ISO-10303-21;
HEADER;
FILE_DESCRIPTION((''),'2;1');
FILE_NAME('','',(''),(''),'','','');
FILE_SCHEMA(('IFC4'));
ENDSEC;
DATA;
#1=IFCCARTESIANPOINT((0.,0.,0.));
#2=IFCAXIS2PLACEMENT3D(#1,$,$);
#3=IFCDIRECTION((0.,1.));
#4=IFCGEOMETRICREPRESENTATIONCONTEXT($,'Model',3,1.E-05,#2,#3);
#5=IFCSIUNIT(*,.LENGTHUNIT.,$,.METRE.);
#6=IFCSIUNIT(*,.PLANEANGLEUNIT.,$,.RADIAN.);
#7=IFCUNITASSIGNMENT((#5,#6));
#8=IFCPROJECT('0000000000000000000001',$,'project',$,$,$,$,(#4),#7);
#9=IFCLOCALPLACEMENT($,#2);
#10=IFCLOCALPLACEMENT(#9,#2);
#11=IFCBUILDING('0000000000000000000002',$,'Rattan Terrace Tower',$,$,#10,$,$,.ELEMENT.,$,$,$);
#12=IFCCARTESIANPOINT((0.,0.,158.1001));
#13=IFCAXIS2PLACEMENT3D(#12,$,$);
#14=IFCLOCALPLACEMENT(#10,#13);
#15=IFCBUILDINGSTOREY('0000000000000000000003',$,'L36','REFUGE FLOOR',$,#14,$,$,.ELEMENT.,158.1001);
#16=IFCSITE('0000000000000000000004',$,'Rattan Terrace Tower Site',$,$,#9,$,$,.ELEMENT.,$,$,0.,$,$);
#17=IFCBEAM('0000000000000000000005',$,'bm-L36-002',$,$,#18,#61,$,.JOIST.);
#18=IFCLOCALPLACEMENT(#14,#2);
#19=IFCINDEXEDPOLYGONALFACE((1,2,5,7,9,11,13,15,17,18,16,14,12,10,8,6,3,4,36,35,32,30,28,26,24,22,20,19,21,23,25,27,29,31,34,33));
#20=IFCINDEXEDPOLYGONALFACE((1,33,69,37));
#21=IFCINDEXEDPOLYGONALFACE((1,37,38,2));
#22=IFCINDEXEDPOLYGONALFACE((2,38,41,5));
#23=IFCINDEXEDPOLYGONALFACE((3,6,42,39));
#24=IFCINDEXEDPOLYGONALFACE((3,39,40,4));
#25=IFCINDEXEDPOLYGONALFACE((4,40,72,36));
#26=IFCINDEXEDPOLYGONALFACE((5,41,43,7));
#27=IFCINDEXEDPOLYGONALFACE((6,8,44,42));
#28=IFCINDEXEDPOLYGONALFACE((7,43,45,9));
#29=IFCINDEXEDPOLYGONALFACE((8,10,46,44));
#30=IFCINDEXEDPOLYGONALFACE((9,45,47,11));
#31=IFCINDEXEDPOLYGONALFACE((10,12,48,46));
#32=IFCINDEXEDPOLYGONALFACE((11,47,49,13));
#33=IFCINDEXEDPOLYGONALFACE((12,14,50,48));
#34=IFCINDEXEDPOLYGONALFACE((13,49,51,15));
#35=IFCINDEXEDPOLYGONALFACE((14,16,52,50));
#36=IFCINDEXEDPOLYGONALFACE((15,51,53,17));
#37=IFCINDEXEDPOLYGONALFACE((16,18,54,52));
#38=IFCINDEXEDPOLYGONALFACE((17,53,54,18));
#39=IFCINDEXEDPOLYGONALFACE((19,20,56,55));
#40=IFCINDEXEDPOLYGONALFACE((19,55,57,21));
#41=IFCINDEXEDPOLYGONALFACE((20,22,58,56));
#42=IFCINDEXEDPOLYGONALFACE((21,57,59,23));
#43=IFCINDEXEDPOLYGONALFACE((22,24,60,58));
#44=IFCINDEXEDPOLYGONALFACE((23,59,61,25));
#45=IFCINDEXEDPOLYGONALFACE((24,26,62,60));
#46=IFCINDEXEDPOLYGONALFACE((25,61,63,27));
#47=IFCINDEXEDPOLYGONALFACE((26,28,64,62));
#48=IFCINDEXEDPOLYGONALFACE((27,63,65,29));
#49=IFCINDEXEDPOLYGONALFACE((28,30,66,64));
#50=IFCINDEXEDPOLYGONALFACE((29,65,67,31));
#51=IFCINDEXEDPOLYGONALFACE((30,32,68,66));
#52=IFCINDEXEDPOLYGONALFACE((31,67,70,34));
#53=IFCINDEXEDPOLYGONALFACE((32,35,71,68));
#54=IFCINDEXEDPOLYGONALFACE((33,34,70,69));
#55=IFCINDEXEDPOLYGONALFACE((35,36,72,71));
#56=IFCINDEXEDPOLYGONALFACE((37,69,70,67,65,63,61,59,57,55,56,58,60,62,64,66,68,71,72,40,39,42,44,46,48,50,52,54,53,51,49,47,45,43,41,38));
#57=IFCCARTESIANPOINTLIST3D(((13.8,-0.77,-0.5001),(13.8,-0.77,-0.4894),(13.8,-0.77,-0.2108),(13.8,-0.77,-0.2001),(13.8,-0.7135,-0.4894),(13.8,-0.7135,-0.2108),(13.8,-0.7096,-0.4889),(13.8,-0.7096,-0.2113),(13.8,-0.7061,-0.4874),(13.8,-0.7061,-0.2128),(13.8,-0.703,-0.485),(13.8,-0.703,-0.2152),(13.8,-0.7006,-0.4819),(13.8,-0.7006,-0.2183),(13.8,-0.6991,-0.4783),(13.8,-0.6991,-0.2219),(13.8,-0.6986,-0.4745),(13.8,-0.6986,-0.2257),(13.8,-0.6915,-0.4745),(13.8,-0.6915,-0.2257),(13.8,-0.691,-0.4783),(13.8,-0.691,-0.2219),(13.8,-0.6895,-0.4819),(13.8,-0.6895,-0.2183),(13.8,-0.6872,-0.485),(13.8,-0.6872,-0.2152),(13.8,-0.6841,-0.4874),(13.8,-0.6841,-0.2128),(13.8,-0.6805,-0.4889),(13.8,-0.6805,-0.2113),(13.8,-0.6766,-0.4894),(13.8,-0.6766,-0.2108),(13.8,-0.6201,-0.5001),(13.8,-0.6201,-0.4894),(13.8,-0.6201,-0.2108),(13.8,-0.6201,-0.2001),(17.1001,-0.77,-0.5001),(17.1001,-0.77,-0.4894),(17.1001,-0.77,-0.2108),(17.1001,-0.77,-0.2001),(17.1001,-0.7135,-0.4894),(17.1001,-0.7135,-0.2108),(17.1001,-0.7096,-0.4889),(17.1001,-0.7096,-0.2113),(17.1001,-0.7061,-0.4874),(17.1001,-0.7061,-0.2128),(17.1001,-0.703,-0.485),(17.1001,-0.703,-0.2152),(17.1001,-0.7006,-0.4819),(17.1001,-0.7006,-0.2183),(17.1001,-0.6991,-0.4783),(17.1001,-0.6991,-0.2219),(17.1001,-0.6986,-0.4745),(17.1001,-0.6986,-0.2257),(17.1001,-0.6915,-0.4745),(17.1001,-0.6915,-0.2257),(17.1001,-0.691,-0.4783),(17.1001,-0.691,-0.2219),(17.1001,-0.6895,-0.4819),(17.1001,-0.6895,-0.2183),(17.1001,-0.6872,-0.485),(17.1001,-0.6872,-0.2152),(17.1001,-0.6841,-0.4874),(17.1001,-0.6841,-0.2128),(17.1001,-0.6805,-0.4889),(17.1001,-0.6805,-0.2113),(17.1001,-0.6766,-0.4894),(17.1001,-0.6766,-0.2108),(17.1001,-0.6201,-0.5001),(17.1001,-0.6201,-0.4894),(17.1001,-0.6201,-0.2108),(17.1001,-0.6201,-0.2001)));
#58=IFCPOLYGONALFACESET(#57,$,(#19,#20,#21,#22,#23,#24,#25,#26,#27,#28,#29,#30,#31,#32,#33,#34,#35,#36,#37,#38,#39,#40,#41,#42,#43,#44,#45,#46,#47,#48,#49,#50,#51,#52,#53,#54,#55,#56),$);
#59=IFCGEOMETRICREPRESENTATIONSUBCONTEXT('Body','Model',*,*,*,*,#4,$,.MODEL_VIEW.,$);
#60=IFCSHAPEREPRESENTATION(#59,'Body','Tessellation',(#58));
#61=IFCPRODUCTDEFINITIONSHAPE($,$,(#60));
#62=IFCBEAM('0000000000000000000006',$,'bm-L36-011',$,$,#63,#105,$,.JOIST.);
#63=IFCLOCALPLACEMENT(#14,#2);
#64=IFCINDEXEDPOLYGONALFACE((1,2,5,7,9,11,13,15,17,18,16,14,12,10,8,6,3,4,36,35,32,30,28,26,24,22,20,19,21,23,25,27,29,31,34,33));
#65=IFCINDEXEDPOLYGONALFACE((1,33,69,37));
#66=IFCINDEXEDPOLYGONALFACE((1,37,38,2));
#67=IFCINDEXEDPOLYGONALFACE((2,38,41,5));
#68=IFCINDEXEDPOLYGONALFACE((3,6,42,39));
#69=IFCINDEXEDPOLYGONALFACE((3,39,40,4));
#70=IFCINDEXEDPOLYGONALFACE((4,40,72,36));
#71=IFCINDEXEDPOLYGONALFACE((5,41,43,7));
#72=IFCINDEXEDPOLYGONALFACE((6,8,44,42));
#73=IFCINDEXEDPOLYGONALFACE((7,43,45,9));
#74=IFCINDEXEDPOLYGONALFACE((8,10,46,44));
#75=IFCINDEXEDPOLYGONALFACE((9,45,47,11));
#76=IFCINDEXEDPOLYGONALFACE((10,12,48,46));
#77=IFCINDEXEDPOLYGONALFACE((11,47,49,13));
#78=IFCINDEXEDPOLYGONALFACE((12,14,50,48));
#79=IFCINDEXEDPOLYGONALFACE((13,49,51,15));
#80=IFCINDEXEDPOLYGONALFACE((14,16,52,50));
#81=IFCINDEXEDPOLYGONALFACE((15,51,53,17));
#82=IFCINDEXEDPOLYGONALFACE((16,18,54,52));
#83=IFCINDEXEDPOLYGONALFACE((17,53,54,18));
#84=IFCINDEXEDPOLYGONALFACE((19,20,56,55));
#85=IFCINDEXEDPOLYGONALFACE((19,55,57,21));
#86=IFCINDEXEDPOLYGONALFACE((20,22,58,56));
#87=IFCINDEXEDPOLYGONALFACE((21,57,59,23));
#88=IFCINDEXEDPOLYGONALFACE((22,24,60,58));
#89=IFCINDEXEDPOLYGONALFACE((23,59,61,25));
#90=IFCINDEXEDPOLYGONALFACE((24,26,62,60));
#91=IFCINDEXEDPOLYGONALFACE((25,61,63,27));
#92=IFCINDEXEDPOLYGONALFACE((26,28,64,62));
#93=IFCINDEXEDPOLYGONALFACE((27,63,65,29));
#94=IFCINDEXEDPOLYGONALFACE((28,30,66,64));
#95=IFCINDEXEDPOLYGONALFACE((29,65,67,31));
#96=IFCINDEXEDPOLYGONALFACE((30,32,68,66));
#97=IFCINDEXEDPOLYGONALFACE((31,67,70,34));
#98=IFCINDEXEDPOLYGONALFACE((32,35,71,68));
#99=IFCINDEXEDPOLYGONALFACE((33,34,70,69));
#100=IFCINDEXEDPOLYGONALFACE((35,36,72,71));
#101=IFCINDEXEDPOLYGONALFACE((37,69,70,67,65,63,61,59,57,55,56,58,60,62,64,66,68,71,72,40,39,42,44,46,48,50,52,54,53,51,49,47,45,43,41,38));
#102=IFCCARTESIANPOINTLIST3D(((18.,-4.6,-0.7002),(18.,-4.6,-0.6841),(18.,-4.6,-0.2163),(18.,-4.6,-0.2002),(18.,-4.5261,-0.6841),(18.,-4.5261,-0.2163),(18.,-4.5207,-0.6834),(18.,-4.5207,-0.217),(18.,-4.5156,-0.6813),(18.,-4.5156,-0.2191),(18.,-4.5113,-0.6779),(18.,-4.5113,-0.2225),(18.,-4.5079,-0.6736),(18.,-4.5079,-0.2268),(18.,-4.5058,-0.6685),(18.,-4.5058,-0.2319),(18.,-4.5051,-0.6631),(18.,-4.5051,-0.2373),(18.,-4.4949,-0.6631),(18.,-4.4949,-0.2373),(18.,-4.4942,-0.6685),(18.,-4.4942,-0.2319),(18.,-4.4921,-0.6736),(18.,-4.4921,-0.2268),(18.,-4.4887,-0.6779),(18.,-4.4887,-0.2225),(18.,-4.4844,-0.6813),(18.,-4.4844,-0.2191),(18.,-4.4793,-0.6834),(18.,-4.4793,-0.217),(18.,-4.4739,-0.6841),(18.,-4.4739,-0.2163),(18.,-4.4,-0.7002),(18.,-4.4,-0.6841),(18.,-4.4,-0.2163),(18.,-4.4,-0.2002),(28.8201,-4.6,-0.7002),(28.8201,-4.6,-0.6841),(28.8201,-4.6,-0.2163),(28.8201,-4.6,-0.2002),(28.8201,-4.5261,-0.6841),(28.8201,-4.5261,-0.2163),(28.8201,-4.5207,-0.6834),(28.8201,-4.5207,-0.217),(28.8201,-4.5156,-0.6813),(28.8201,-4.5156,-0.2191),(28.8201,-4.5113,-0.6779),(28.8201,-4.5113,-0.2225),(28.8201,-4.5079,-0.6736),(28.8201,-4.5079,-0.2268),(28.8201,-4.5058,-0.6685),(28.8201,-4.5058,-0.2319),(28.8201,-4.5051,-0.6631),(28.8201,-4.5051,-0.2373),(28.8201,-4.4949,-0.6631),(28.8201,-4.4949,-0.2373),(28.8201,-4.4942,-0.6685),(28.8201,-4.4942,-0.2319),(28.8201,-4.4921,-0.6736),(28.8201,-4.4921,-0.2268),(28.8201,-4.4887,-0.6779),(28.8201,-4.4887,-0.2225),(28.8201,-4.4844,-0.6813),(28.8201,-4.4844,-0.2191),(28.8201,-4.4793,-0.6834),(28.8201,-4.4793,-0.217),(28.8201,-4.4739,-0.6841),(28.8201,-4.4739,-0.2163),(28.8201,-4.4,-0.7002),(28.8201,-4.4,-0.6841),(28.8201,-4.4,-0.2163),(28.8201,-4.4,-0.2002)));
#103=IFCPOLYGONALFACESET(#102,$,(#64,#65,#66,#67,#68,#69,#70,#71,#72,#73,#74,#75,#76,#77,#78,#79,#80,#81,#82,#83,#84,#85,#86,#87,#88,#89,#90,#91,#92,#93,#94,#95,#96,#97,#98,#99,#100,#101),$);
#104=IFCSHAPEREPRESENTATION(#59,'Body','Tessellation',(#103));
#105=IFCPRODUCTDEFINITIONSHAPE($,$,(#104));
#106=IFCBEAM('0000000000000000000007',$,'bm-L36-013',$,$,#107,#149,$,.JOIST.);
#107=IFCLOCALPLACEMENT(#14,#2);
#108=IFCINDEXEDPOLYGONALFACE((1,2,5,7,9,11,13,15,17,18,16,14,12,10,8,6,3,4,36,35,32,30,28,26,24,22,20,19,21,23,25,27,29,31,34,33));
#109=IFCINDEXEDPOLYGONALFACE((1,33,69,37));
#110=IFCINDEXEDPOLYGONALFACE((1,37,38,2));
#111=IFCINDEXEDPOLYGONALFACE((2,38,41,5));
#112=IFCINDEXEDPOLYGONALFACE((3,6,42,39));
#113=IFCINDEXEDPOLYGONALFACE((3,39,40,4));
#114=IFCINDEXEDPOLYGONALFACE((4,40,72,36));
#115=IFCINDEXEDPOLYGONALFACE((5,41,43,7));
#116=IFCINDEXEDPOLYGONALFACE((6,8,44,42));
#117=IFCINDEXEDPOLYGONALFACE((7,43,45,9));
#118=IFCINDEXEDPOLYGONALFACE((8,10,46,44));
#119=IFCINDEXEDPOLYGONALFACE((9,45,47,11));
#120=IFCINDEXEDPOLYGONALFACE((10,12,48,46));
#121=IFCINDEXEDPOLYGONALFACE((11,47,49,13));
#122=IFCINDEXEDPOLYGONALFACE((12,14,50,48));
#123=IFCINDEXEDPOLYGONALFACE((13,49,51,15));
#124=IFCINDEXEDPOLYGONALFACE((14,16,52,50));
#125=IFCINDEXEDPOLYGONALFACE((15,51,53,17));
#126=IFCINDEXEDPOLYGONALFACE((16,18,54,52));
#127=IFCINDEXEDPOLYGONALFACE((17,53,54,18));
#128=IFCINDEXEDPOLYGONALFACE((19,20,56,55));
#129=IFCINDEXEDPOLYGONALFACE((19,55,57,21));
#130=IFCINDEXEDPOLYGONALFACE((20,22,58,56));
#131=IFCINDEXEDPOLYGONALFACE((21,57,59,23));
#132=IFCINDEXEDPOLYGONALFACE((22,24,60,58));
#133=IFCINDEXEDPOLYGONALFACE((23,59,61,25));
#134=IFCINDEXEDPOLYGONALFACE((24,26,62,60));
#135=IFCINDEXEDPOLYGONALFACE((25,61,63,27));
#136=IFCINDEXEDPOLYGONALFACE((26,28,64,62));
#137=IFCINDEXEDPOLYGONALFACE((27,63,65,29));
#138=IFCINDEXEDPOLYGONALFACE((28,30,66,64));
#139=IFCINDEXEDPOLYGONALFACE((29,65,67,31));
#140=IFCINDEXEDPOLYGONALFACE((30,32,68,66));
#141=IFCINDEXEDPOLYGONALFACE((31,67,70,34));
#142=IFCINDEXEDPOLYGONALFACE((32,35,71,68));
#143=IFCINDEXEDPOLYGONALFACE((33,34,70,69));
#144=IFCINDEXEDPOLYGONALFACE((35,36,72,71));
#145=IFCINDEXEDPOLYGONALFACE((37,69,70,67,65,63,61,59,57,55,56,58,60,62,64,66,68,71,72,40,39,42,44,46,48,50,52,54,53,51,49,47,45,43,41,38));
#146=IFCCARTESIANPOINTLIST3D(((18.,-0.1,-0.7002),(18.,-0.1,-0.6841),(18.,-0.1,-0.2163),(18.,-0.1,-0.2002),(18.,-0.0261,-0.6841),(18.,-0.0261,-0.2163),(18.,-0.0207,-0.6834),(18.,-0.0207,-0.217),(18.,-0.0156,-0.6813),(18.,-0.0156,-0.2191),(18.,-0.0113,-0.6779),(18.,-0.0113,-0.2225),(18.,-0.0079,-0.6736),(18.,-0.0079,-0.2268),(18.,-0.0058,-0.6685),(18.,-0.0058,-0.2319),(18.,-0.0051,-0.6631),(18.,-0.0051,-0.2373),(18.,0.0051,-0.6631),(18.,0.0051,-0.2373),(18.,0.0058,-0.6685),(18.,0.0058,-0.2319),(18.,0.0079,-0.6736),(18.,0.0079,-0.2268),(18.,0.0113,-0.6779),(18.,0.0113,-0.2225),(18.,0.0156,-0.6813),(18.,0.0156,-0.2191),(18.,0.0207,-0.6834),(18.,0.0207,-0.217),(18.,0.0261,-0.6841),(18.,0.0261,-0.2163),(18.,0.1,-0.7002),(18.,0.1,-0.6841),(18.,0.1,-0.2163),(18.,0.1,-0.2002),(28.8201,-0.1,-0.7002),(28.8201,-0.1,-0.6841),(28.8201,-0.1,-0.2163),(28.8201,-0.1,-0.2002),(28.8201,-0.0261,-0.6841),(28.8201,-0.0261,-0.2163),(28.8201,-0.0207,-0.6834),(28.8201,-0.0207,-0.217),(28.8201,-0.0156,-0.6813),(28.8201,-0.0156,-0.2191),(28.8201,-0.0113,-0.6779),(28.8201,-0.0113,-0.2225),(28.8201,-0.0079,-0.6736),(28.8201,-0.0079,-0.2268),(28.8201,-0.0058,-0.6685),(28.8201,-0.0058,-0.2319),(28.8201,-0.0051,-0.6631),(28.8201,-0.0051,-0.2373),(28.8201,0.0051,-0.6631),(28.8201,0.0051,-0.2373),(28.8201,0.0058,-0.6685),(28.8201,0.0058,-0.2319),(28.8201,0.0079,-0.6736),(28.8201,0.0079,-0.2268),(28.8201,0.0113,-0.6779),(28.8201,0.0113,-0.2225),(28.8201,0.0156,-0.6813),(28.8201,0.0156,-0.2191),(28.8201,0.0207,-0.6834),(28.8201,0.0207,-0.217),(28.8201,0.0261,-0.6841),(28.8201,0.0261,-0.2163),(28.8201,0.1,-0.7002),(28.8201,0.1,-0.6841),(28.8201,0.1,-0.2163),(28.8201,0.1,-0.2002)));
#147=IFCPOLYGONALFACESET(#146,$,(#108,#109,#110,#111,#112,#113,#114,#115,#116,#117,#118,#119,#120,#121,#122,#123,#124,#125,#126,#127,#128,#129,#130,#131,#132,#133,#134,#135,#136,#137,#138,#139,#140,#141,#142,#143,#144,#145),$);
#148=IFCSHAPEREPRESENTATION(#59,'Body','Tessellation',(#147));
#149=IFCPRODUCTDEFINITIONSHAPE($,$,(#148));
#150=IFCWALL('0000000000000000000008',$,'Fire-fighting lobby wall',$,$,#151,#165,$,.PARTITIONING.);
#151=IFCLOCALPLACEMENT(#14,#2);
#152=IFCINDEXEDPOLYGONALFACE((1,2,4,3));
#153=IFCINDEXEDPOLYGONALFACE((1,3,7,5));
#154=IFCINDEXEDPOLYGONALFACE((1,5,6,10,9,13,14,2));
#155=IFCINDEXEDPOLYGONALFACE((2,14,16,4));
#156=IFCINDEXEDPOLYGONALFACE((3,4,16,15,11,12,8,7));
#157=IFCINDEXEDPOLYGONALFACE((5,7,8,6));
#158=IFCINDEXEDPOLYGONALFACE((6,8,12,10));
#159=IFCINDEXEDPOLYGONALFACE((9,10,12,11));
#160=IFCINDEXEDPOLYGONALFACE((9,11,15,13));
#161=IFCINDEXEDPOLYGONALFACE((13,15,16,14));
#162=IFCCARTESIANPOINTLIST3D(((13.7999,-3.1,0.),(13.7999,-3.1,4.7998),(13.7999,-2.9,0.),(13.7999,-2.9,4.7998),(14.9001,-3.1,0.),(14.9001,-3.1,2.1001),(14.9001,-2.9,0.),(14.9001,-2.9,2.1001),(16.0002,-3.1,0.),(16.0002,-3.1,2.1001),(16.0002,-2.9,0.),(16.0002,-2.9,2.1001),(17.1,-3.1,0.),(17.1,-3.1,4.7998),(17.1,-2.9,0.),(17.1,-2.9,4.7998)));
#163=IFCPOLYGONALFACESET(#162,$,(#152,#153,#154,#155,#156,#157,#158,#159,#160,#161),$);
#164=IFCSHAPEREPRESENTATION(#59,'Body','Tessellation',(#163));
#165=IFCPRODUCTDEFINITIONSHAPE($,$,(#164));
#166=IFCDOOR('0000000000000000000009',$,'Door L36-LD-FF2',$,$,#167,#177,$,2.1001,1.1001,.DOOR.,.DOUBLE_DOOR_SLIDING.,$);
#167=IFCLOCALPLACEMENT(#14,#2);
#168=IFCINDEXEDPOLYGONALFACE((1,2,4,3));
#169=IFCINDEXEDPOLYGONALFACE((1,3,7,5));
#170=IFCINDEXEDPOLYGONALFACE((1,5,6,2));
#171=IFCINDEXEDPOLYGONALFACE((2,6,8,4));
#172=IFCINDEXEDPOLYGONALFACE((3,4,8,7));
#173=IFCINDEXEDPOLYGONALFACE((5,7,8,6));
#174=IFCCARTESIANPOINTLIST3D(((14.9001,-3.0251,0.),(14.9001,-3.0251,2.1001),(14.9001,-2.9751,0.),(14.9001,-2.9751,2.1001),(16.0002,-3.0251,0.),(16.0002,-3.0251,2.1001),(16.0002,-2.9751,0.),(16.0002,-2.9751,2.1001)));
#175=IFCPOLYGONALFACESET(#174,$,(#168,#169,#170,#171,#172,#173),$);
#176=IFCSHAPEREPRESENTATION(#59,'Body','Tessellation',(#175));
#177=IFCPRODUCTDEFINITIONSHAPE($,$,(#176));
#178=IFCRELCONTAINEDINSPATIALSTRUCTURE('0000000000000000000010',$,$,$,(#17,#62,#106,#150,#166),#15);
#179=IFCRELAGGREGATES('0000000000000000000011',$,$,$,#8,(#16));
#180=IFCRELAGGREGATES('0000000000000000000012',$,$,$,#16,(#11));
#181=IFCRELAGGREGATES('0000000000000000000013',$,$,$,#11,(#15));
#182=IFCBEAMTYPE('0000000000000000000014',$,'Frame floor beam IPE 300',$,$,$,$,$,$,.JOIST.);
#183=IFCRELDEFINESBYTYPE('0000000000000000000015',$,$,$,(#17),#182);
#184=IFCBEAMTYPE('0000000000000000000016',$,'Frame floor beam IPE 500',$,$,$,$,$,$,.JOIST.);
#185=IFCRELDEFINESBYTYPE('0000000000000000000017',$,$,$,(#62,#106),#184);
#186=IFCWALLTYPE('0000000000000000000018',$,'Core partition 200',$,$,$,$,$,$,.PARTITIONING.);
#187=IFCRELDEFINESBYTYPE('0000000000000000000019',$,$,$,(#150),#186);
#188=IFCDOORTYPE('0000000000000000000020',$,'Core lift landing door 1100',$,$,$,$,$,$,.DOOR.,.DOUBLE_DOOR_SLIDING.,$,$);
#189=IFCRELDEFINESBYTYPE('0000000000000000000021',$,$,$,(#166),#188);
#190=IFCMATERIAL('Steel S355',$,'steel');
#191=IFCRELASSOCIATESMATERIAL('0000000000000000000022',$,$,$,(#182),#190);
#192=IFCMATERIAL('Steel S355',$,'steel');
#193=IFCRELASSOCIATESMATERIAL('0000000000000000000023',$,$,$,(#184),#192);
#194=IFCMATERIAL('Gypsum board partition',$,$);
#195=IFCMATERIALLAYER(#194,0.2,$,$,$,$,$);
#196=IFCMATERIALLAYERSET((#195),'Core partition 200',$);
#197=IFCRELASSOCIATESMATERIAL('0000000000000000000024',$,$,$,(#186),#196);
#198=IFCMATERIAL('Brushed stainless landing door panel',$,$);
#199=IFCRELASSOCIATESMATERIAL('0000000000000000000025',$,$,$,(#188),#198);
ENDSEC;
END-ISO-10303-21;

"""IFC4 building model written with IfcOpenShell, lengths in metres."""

from ifc_helpers import new_model, si_unit, direction, frame, frame_2d, origin, origin_2d, place, context, subcontext, project, spatial, rectangle, i_section, extrude, material, layer, layer_set, material_profile, profile_set, type_object, element, fill, save


model = new_model("IFC4")

# Units and contexts
model_context = context("Model", 3, precision=1e-05, world=origin(), true_north=direction((0.0, 1.0)))
body_context = subcontext(model_context, "Body", "Model", "MODEL_VIEW")
ifc_project = project(units=[si_unit("LENGTHUNIT", "METRE"), si_unit("PLANEANGLEUNIT", "RADIAN")], contexts=[model_context])

# Site, building, storey
site_placement = place(None, origin())
site = spatial("IfcSite", under=ifc_project, at=site_placement, Name="Rattan Terrace Tower Site", CompositionType="ELEMENT", RefElevation=0.0)
building_placement = place(site_placement, origin())
building = spatial("IfcBuilding", under=site, at=building_placement, Name="Rattan Terrace Tower", CompositionType="ELEMENT")
storey_placement = place(building_placement, frame((0.0, 0.0, 158.1001)))
storey = spatial("IfcBuildingStorey", under=building, at=storey_placement, Name="L36", Description="REFUGE FLOOR", CompositionType="ELEMENT", Elevation=158.1001)

# Beams
ifc_material_1 = material(Name="Steel S355", Category="steel")
ifc_material_profile_1 = material_profile(ifc_material_1, i_section(OverallWidth=0.1499, OverallDepth=0.3, WebThickness=0.0071, FlangeThickness=0.0107, FilletRadius=0.0149, at=origin_2d()), Name="IPE 300")
ifc_profile_set_1 = profile_set([ifc_material_profile_1], Name="Steel S355")
beam_type_1 = type_object("IfcBeamType", Name="Frame floor beam IPE 300", PredefinedType="JOIST", material=ifc_profile_set_1)
beam_placement = place(storey_placement, frame((13.8, -0.6951, -0.3501), z_axis=(1.0, 0.0, 0.0), x_axis=(0.0, 1.0, 0.0)))
element("IfcBeam", 1, at=beam_placement, inside=storey, type_object=beam_type_1, Name="bm-L36-002", PredefinedType="JOIST", context=body_context, shape_type="SweptSolid", body=[
    extrude(i_section(OverallWidth=0.1499, OverallDepth=0.3, WebThickness=0.0071, FlangeThickness=0.0107, FilletRadius=0.0149, at=origin_2d()), origin(), (0.0, 0.0, 1.0), 3.3),
])
ifc_material_2 = material(Name="Steel S355", Category="steel")
ifc_material_profile_2 = material_profile(ifc_material_2, i_section(OverallWidth=0.2, OverallDepth=0.5, WebThickness=0.0103, FlangeThickness=0.0161, FilletRadius=0.021, at=origin_2d()), Name="IPE 500")
ifc_profile_set_2 = profile_set([ifc_material_profile_2], Name="Steel S355")
beam_type_2 = type_object("IfcBeamType", Name="Frame floor beam IPE 500", PredefinedType="JOIST", material=ifc_profile_set_2)
for number, where, z_axis, x_axis, name in (
    (2, (18.0, -4.5, -0.4502), (1.0, 0.0, 0.0), (0.0, 1.0, 0.0), "bm-L36-011"),
    (3, (18.0, 0.0, -0.4502), (1.0, 0.0, 0.0), (0.0, 1.0, 0.0), "bm-L36-013"),
):
    element("IfcBeam", number, at=place(storey_placement, frame(where, z_axis=z_axis, x_axis=x_axis)), inside=storey, type_object=beam_type_2, Name=name, PredefinedType="JOIST", context=body_context, shape_type="SweptSolid", body=[
        extrude(i_section(OverallWidth=0.2, OverallDepth=0.5, WebThickness=0.0103, FlangeThickness=0.0161, FilletRadius=0.021, at=origin_2d()), origin(), (0.0, 0.0, 1.0), 10.8201),
    ])

# Wall, opening, door
ifc_material_3 = material(Name="Gypsum board partition")
ifc_layer_1 = layer(ifc_material_3, 0.2)
ifc_layer_set_1 = layer_set([ifc_layer_1], Name="Core partition 200")
wall_type_1 = type_object("IfcWallType", Name="Core partition 200", PredefinedType="PARTITIONING", material=ifc_layer_set_1)
wall_1_placement = place(storey_placement, frame((13.8, -3.0, 0.0), z_axis=(0.0, 0.0, 1.0), x_axis=(1.0, 0.0, 0.0)))
wall_1 = element("IfcWall", 4, at=wall_1_placement, inside=storey, type_object=wall_type_1, Name="Fire-fighting lobby wall", PredefinedType="PARTITIONING", context=body_context, shape_type="SweptSolid", body=[
    extrude(rectangle(XDim=3.3, YDim=0.2, at=frame_2d((1.6499, 0.0))), origin(), (0.0, 0.0, 1.0), 4.7998),
])
opening_1_placement = place(wall_1_placement, frame((1.1001, 0.0, 0.0)))
opening_1 = element("IfcOpeningElement", 5, at=opening_1_placement, cuts=wall_1, PredefinedType="OPENING", context=body_context, shape_type="SweptSolid", body=[
    extrude(rectangle(XDim=1.1001, YDim=2.1001, at=frame_2d((0.55, 1.05))), frame((0.0, 0.1106, 0.0), z_axis=(0.0, -1.0, 0.0), x_axis=(1.0, 0.0, 0.0)), (0.0, 0.0, 1.0), 0.2209),
])
ifc_material_4 = material(Name="Brushed stainless landing door panel")
door_type_1 = type_object("IfcDoorType", Name="Core lift landing door 1100", OperationType="DOUBLE_DOOR_SLIDING", PredefinedType="DOOR", material=ifc_material_4)
door_1_placement = place(opening_1_placement, origin())
door_1 = element("IfcDoor", 6, at=door_1_placement, inside=storey, type_object=door_type_1, Name="Door L36-LD-FF2", OperationType="DOUBLE_DOOR_SLIDING", OverallHeight=2.1001, OverallWidth=1.1001, PredefinedType="DOOR", context=body_context, shape_type="SweptSolid", body=[
    extrude(rectangle(XDim=1.1001, YDim=2.1001, at=frame_2d((0.55, 1.05))), frame((0.0, 0.0249, 0.0), z_axis=(0.0, -1.0, 0.0), x_axis=(1.0, 0.0, 0.0)), (0.0, 0.0, 1.0), 0.05),
])
fill(opening_1, door_1)

save(model, "model.ifc")
